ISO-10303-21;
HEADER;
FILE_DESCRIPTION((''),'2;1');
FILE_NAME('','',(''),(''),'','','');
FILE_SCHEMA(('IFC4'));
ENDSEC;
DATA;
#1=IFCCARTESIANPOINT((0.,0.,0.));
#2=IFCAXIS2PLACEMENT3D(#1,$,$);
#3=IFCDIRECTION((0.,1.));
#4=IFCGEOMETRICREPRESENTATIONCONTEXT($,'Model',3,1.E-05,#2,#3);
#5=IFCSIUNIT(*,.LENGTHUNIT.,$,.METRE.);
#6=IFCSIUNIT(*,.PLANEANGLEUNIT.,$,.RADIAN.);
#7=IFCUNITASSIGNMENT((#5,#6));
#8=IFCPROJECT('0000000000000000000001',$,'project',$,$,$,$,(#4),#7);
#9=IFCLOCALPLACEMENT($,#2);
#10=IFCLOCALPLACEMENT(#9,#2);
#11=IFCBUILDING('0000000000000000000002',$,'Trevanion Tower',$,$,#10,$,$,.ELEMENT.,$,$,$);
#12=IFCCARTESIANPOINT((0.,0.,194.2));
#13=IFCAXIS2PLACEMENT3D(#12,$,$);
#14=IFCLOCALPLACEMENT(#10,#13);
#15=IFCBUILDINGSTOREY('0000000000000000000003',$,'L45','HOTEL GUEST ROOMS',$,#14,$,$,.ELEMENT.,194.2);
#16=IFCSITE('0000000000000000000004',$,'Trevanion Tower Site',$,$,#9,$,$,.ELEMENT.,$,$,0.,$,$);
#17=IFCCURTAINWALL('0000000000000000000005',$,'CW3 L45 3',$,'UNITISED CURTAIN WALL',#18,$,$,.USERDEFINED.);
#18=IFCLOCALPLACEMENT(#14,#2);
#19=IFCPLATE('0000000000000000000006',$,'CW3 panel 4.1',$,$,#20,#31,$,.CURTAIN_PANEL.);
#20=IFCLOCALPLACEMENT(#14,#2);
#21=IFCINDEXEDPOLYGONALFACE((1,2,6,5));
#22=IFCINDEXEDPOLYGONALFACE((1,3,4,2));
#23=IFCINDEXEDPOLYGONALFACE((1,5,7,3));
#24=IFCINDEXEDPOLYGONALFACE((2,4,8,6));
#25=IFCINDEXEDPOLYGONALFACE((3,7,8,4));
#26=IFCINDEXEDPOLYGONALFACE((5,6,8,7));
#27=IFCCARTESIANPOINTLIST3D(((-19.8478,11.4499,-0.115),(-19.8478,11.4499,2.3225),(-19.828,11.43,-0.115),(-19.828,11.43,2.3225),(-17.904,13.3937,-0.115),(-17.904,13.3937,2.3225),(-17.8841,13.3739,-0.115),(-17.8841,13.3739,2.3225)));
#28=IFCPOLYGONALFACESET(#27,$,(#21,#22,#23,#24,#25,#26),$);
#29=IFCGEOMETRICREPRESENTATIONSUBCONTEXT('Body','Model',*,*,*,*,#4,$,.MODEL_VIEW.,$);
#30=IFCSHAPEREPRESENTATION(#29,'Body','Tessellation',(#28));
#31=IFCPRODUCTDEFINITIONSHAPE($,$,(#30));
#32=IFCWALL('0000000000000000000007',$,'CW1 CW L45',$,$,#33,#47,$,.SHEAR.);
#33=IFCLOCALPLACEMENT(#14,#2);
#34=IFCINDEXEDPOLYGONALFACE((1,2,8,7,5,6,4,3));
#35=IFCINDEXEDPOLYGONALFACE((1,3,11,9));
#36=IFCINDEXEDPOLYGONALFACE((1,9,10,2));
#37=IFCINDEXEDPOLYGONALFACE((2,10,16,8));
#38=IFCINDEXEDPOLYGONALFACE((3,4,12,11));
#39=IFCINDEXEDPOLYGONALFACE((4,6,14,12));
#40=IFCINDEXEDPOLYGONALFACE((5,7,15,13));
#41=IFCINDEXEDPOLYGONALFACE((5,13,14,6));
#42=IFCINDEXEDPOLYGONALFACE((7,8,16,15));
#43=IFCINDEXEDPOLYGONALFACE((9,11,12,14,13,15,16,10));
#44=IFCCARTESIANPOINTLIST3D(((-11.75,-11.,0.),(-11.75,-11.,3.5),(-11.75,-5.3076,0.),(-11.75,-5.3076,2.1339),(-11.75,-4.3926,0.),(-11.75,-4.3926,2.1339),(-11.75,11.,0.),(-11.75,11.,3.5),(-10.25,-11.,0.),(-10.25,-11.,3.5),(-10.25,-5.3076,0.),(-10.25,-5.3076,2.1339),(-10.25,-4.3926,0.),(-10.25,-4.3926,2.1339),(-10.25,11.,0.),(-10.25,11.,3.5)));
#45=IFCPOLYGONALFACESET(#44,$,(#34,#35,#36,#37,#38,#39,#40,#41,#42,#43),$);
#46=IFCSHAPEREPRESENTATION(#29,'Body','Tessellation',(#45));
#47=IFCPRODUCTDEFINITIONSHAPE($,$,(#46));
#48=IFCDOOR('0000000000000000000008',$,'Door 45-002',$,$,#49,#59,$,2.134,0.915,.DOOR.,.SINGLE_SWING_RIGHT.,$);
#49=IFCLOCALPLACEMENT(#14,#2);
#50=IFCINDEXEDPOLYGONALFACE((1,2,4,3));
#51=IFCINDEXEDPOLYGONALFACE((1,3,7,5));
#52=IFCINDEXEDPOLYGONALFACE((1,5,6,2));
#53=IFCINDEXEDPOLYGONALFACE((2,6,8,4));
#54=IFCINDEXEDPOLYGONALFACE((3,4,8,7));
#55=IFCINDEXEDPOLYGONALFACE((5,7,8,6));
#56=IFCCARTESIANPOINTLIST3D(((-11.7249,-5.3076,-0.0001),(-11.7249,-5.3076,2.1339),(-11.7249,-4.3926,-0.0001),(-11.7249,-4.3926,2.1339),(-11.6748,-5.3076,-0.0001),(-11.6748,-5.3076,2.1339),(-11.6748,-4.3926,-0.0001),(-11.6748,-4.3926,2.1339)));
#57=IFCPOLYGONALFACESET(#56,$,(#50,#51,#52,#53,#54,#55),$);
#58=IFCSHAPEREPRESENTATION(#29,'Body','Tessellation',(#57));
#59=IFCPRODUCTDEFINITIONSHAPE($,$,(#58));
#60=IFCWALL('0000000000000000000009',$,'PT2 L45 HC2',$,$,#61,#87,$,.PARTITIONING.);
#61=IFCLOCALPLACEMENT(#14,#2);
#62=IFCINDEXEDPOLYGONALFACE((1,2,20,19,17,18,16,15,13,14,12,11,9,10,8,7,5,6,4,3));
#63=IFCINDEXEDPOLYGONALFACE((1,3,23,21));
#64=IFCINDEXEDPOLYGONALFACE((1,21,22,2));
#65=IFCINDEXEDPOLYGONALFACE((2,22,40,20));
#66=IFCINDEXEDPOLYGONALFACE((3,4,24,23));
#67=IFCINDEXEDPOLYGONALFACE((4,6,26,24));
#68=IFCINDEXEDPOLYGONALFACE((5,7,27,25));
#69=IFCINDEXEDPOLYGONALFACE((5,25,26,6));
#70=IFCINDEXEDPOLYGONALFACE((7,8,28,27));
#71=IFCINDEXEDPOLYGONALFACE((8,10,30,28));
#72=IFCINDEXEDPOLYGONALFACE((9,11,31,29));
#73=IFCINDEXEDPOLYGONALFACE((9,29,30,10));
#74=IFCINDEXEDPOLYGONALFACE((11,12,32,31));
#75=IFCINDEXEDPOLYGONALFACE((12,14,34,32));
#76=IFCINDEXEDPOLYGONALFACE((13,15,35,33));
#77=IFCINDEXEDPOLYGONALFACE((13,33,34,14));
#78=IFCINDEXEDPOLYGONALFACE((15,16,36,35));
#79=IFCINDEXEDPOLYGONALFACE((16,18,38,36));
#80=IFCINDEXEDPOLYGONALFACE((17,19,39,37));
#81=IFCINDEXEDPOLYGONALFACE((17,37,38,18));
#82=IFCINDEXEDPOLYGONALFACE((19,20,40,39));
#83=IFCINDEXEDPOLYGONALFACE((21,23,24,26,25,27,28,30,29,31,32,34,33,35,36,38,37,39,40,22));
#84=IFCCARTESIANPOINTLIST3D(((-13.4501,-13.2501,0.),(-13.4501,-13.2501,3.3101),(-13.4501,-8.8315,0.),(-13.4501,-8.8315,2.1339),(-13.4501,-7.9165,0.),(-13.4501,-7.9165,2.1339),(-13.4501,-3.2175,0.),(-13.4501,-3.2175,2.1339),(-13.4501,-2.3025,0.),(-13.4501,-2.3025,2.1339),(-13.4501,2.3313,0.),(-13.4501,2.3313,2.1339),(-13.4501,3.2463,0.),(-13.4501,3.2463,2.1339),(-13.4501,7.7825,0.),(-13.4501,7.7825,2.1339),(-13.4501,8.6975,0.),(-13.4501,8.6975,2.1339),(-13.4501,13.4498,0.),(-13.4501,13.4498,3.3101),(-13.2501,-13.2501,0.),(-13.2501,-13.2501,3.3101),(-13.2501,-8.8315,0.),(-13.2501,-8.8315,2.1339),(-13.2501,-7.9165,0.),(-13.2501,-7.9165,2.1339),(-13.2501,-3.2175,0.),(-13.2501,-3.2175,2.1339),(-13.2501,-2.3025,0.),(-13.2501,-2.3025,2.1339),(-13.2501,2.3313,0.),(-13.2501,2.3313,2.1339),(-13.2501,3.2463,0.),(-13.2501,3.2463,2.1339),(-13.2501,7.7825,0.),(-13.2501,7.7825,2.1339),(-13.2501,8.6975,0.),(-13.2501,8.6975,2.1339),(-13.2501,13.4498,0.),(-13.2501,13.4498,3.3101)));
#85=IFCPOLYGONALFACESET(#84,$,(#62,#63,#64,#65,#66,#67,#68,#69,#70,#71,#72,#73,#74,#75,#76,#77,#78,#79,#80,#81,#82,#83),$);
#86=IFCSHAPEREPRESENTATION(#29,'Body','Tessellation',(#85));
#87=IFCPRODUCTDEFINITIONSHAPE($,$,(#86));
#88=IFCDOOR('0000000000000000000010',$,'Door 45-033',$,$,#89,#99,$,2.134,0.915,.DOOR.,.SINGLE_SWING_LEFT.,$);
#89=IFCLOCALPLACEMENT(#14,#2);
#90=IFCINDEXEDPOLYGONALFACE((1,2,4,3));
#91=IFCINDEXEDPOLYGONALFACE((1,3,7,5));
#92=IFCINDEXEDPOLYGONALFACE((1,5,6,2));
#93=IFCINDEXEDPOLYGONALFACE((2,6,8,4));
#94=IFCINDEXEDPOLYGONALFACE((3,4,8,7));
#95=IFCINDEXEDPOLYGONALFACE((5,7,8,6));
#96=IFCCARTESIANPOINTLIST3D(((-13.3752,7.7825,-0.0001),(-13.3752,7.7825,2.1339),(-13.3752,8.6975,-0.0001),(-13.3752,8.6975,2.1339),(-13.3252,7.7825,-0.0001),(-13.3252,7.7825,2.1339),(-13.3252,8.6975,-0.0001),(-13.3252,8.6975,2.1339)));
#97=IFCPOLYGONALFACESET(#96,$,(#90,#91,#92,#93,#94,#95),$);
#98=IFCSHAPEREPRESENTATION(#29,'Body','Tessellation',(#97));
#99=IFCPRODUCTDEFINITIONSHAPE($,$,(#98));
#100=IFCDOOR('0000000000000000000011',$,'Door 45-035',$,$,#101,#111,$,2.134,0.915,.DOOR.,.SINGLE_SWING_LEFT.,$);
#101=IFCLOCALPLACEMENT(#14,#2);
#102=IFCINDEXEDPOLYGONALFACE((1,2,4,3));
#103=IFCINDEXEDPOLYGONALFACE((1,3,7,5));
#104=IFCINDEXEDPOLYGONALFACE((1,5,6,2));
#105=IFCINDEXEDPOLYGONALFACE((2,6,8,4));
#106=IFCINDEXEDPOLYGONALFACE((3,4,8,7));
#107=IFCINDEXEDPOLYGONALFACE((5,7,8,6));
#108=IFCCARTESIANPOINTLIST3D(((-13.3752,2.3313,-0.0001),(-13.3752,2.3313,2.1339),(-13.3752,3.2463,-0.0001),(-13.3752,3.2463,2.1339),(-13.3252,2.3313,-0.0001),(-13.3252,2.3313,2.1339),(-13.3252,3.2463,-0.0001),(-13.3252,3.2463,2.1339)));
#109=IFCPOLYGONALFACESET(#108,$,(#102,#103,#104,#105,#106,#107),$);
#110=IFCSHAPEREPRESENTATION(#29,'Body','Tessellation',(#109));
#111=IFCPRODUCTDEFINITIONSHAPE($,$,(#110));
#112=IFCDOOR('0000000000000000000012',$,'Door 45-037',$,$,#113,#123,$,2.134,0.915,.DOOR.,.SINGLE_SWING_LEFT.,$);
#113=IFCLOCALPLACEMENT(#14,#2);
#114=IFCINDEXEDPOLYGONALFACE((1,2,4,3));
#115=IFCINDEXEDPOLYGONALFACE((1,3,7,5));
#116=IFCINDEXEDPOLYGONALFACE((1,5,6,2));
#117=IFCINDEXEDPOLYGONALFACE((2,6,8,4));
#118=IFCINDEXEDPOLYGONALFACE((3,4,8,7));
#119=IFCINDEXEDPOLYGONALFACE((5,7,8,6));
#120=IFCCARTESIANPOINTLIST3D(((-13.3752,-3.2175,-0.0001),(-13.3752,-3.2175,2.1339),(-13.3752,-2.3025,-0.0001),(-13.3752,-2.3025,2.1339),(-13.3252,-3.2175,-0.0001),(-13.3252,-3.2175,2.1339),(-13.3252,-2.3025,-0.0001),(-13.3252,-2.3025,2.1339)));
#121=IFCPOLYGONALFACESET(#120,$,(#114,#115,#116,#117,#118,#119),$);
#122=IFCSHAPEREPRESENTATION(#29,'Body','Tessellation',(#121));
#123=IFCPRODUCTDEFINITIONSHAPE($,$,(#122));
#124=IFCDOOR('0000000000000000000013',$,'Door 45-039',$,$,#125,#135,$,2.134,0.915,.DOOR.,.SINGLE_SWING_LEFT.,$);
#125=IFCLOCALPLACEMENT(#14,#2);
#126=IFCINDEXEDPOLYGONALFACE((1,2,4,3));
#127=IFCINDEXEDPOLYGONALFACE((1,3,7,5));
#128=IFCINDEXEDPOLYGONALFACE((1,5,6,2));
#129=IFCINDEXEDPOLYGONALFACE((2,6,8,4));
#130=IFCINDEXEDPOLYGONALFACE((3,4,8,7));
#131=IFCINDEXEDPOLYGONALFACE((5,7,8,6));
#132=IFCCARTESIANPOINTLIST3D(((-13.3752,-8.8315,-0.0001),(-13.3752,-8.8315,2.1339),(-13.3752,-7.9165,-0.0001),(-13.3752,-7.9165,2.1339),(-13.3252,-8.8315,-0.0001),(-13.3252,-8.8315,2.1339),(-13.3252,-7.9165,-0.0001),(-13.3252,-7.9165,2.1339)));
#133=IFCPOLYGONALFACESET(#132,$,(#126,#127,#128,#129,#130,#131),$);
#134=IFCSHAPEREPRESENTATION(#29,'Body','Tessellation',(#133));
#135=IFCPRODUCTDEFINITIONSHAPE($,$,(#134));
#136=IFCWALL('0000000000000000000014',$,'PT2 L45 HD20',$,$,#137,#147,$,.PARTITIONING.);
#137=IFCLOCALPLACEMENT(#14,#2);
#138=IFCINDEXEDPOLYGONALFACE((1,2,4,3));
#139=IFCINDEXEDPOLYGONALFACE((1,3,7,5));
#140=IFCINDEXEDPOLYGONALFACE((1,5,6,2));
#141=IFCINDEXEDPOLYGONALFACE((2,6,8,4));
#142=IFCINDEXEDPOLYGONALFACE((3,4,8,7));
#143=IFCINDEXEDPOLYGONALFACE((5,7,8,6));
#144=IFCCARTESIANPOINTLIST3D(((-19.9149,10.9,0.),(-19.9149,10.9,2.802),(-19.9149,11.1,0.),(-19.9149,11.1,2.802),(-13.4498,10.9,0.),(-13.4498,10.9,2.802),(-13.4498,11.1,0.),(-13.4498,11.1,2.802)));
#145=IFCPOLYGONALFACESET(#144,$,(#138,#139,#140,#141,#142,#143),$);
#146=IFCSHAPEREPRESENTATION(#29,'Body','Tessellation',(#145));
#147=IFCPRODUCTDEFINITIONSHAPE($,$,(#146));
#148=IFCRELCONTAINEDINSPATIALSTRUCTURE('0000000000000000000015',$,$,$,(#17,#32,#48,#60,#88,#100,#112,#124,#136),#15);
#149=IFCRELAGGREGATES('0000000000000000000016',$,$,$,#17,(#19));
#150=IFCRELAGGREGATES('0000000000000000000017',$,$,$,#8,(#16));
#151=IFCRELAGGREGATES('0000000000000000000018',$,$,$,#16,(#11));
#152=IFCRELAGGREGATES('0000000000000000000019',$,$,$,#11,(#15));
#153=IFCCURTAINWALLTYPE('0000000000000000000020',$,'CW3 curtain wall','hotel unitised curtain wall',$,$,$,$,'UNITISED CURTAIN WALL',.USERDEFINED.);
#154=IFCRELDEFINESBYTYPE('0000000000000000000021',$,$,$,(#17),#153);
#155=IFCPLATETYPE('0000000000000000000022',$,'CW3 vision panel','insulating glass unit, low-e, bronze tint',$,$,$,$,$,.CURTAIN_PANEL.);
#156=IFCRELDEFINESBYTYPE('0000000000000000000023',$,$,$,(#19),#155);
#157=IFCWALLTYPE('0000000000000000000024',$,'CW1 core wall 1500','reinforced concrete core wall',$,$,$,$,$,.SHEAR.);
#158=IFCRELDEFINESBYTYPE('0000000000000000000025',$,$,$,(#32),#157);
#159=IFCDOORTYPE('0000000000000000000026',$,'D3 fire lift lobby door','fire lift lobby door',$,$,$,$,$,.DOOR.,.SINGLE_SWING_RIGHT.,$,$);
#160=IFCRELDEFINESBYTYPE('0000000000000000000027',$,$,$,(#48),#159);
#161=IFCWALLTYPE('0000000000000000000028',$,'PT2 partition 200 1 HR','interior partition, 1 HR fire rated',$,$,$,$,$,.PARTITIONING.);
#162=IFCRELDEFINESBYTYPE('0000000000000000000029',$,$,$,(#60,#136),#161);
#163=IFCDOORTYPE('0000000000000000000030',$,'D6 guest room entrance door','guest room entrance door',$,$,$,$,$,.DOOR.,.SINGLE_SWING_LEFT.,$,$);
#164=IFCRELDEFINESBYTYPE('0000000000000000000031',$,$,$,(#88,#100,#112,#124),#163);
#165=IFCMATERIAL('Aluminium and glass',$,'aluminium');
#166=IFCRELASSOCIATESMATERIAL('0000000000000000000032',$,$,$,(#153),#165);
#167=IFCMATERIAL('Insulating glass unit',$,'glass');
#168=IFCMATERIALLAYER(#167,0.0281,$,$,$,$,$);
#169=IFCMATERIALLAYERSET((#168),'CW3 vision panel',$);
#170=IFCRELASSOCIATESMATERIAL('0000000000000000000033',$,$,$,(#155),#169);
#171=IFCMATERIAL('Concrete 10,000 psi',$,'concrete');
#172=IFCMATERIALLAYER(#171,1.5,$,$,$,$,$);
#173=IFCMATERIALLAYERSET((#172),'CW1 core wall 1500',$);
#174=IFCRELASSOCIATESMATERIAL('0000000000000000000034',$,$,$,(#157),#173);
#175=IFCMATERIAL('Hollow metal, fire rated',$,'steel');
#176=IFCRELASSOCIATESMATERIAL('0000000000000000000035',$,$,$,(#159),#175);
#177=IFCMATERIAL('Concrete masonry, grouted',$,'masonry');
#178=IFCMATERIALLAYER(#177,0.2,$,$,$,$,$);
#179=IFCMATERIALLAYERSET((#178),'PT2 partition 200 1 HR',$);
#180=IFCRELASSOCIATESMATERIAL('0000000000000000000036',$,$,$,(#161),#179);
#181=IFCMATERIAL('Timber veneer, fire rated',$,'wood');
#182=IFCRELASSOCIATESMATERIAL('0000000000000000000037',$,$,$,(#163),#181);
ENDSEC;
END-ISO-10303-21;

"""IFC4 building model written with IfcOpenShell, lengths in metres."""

from ifc_helpers import new_model, si_unit, direction, frame, frame_2d, origin, origin_2d, place, context, subcontext, project, spatial, rectangle, extrude, material, layer, layer_set, type_object, element, fill, aggregate, save


model = new_model("IFC4")

# Units and contexts
model_context = context("Model", 3, precision=1e-05, world=origin(), true_north=direction((0.0, 1.0)))
body_context = subcontext(model_context, "Body", "Model", "MODEL_VIEW")
ifc_project = project(units=[si_unit("LENGTHUNIT", "METRE"), si_unit("PLANEANGLEUNIT", "RADIAN")], contexts=[model_context])

# Site, building, storey
site_placement = place(None, origin())
site = spatial("IfcSite", under=ifc_project, at=site_placement, Name="Trevanion Tower Site", CompositionType="ELEMENT", RefElevation=0.0)
building_placement = place(site_placement, origin())
building = spatial("IfcBuilding", under=site, at=building_placement, Name="Trevanion Tower", CompositionType="ELEMENT")
storey_placement = place(building_placement, frame((0.0, 0.0, 194.2)))
storey = spatial("IfcBuildingStorey", under=building, at=storey_placement, Name="L45", Description="HOTEL GUEST ROOMS", CompositionType="ELEMENT", Elevation=194.2)

# Curtain wall
ifc_material_1 = material(Name="Aluminium and glass", Category="aluminium")
curtain_wall_type = type_object("IfcCurtainWallType", Name="CW3 curtain wall", Description="hotel unitised curtain wall", ElementType="UNITISED CURTAIN WALL", PredefinedType="USERDEFINED", material=ifc_material_1)
curtain_wall_placement = place(storey_placement, origin())
curtain_wall = element("IfcCurtainWall", 1, at=curtain_wall_placement, inside=storey, type_object=curtain_wall_type, Name="CW3 L45 3", ObjectType="UNITISED CURTAIN WALL", PredefinedType="USERDEFINED")

# Plate
ifc_material_2 = material(Name="Insulating glass unit", Category="glass")
ifc_layer_1 = layer(ifc_material_2, 0.0281)
ifc_layer_set_1 = layer_set([ifc_layer_1], Name="CW3 vision panel")
plate_type_1 = type_object("IfcPlateType", Name="CW3 vision panel", Description="insulating glass unit, low-e, bronze tint", PredefinedType="CURTAIN_PANEL", material=ifc_layer_set_1)
plate_1_placement = place(storey_placement, frame((-18.866, 12.4119, -0.115), z_axis=(0.0, 0.0, 1.0), x_axis=(-0.707107, -0.707107, 0.0)))
plate_1 = element("IfcPlate", 2, at=plate_1_placement, type_object=plate_type_1, Name="CW3 panel 4.1", PredefinedType="CURTAIN_PANEL", context=body_context, shape_type="SweptSolid", body=[
    extrude(rectangle(XDim=2.749, YDim=0.0281, at=origin_2d()), origin(), (0.0, 0.0, 1.0), 2.4375),
])
aggregate(curtain_wall, [plate_1])

# Wall, opening, door
ifc_material_3 = material(Name="Concrete 10,000 psi", Category="concrete")
ifc_layer_2 = layer(ifc_material_3, 1.5)
ifc_layer_set_2 = layer_set([ifc_layer_2], Name="CW1 core wall 1500")
wall_type_1 = type_object("IfcWallType", Name="CW1 core wall 1500", Description="reinforced concrete core wall", PredefinedType="SHEAR", material=ifc_layer_set_2)
wall_1_placement = place(storey_placement, frame((-11.0, 11.0, 0.0), z_axis=(0.0, 0.0, 1.0), x_axis=(0.0, -1.0, 0.0)))
wall_1 = element("IfcWall", 3, at=wall_1_placement, inside=storey, type_object=wall_type_1, Name="CW1 CW L45", PredefinedType="SHEAR", context=body_context, shape_type="SweptSolid", body=[
    extrude(rectangle(XDim=22.0, YDim=1.5, at=frame_2d((11.0, 0.0))), origin(), (0.0, 0.0, 1.0), 3.5),
])
opening_1_placement = place(wall_1_placement, frame((15.3926, 0.0, 0.0)))
opening_1 = element("IfcOpeningElement", 4, at=opening_1_placement, cuts=wall_1, PredefinedType="OPENING", context=body_context, shape_type="SweptSolid", body=[
    extrude(rectangle(XDim=0.915, YDim=2.134, at=frame_2d((0.4575, 1.0669))), frame((0.0, 0.76, 0.0), z_axis=(0.0, -1.0, 0.0), x_axis=(1.0, 0.0, 0.0)), (0.0, 0.0, 1.0), 1.52),
])
ifc_material_4 = material(Name="Hollow metal, fire rated", Category="steel")
door_type_1 = type_object("IfcDoorType", Name="D3 fire lift lobby door", Description="fire lift lobby door", OperationType="SINGLE_SWING_RIGHT", PredefinedType="DOOR", material=ifc_material_4)
door_1_placement = place(opening_1_placement, origin())
door_1 = element("IfcDoor", 5, at=door_1_placement, inside=storey, type_object=door_type_1, Name="Door 45-002", OperationType="SINGLE_SWING_RIGHT", OverallHeight=2.134, OverallWidth=0.915, PredefinedType="DOOR", context=body_context, shape_type="SweptSolid", body=[
    extrude(rectangle(XDim=0.915, YDim=2.134, at=frame_2d((0.4575, 1.0669))), frame((0.0, -0.6748, 0.0), z_axis=(0.0, -1.0, 0.0), x_axis=(1.0, 0.0, 0.0)), (0.0, 0.0, 1.0), 0.05),
])
fill(opening_1, door_1)

# Wall, openings, doors
ifc_material_5 = material(Name="Concrete masonry, grouted", Category="masonry")
ifc_layer_3 = layer(ifc_material_5, 0.2)
ifc_layer_set_3 = layer_set([ifc_layer_3], Name="PT2 partition 200 1 HR")
wall_type_2 = type_object("IfcWallType", Name="PT2 partition 200 1 HR", Description="interior partition, 1 HR fire rated", PredefinedType="PARTITIONING", material=ifc_layer_set_3)
wall_2_placement = place(storey_placement, frame((-13.3501, 13.45, 0.0), z_axis=(0.0, 0.0, 1.0), x_axis=(0.0, -1.0, 0.0)))
wall_2 = element("IfcWall", 6, at=wall_2_placement, inside=storey, type_object=wall_type_2, Name="PT2 L45 HC2", PredefinedType="PARTITIONING", context=body_context, shape_type="SweptSolid", body=[
    extrude(rectangle(XDim=26.7, YDim=0.2, at=frame_2d((13.3501, 0.0))), origin(), (0.0, 0.0, 1.0), 3.3101),
])
opening_2_placement = place(wall_2_placement, frame((4.7524, 0.0, 0.0)))
opening_2 = element("IfcOpeningElement", 7, at=opening_2_placement, cuts=wall_2, PredefinedType="OPENING", context=body_context, shape_type="SweptSolid", body=[
    extrude(rectangle(XDim=0.915, YDim=2.134, at=frame_2d((0.4575, 1.0669))), frame((0.0, 0.1099, 0.0), z_axis=(0.0, -1.0, 0.0), x_axis=(1.0, 0.0, 0.0)), (0.0, 0.0, 1.0), 0.22),
])
opening_3_placement = place(wall_2_placement, frame((10.2036, 0.0, 0.0)))
opening_3 = element("IfcOpeningElement", 8, at=opening_3_placement, cuts=wall_2, PredefinedType="OPENING", context=body_context, shape_type="SweptSolid", body=[
    extrude(rectangle(XDim=0.915, YDim=2.134, at=frame_2d((0.4575, 1.0669))), frame((0.0, 0.1099, 0.0), z_axis=(0.0, -1.0, 0.0), x_axis=(1.0, 0.0, 0.0)), (0.0, 0.0, 1.0), 0.22),
])
opening_4_placement = place(wall_2_placement, frame((15.7524, 0.0, 0.0)))
opening_4 = element("IfcOpeningElement", 9, at=opening_4_placement, cuts=wall_2, PredefinedType="OPENING", context=body_context, shape_type="SweptSolid", body=[
    extrude(rectangle(XDim=0.915, YDim=2.134, at=frame_2d((0.4575, 1.0669))), frame((0.0, 0.1099, 0.0), z_axis=(0.0, -1.0, 0.0), x_axis=(1.0, 0.0, 0.0)), (0.0, 0.0, 1.0), 0.22),
])
opening_5_placement = place(wall_2_placement, frame((21.3665, 0.0, 0.0)))
opening_5 = element("IfcOpeningElement", 10, at=opening_5_placement, cuts=wall_2, PredefinedType="OPENING", context=body_context, shape_type="SweptSolid", body=[
    extrude(rectangle(XDim=0.915, YDim=2.134, at=frame_2d((0.4575, 1.0669))), frame((0.0, 0.1099, 0.0), z_axis=(0.0, -1.0, 0.0), x_axis=(1.0, 0.0, 0.0)), (0.0, 0.0, 1.0), 0.22),
])
ifc_material_6 = material(Name="Timber veneer, fire rated", Category="wood")
door_type_2 = type_object("IfcDoorType", Name="D6 guest room entrance door", Description="guest room entrance door", OperationType="SINGLE_SWING_LEFT", PredefinedType="DOOR", material=ifc_material_6)
door_2_placement = place(opening_2_placement, origin())
door_2 = element("IfcDoor", 11, at=door_2_placement, inside=storey, type_object=door_type_2, Name="Door 45-033", OperationType="SINGLE_SWING_LEFT", OverallHeight=2.134, OverallWidth=0.915, PredefinedType="DOOR", context=body_context, shape_type="SweptSolid", body=[
    extrude(rectangle(XDim=0.915, YDim=2.134, at=frame_2d((0.4575, 1.0669))), frame((0.0, 0.0249, 0.0), z_axis=(0.0, -1.0, 0.0), x_axis=(1.0, 0.0, 0.0)), (0.0, 0.0, 1.0), 0.05),
])
fill(opening_2, door_2)
door_3_placement = place(opening_3_placement, origin())
door_3 = element("IfcDoor", 12, at=door_3_placement, inside=storey, type_object=door_type_2, Name="Door 45-035", OperationType="SINGLE_SWING_LEFT", OverallHeight=2.134, OverallWidth=0.915, PredefinedType="DOOR", context=body_context, shape_type="SweptSolid", body=[
    extrude(rectangle(XDim=0.915, YDim=2.134, at=frame_2d((0.4575, 1.0669))), frame((0.0, 0.0249, 0.0), z_axis=(0.0, -1.0, 0.0), x_axis=(1.0, 0.0, 0.0)), (0.0, 0.0, 1.0), 0.05),
])
fill(opening_3, door_3)
door_4_placement = place(opening_4_placement, origin())
door_4 = element("IfcDoor", 13, at=door_4_placement, inside=storey, type_object=door_type_2, Name="Door 45-037", OperationType="SINGLE_SWING_LEFT", OverallHeight=2.134, OverallWidth=0.915, PredefinedType="DOOR", context=body_context, shape_type="SweptSolid", body=[
    extrude(rectangle(XDim=0.915, YDim=2.134, at=frame_2d((0.4575, 1.0669))), frame((0.0, 0.0249, 0.0), z_axis=(0.0, -1.0, 0.0), x_axis=(1.0, 0.0, 0.0)), (0.0, 0.0, 1.0), 0.05),
])
fill(opening_4, door_4)
door_5_placement = place(opening_5_placement, origin())
door_5 = element("IfcDoor", 14, at=door_5_placement, inside=storey, type_object=door_type_2, Name="Door 45-039", OperationType="SINGLE_SWING_LEFT", OverallHeight=2.134, OverallWidth=0.915, PredefinedType="DOOR", context=body_context, shape_type="SweptSolid", body=[
    extrude(rectangle(XDim=0.915, YDim=2.134, at=frame_2d((0.4575, 1.0669))), frame((0.0, 0.0249, 0.0), z_axis=(0.0, -1.0, 0.0), x_axis=(1.0, 0.0, 0.0)), (0.0, 0.0, 1.0), 0.05),
])
fill(opening_5, door_5)

# Wall
wall_3_placement = place(storey_placement, frame((-13.45, 11.0, 0.0), z_axis=(0.0, 0.0, 1.0), x_axis=(-1.0, 0.0, 0.0)))
element("IfcWall", 15, at=wall_3_placement, inside=storey, type_object=wall_type_2, Name="PT2 L45 HD20", PredefinedType="PARTITIONING", context=body_context, shape_type="SweptSolid", body=[
    extrude(rectangle(XDim=6.4651, YDim=0.2, at=frame_2d((3.2324, 0.0))), origin(), (0.0, 0.0, 1.0), 2.802),
])

save(model, "model.ifc")
